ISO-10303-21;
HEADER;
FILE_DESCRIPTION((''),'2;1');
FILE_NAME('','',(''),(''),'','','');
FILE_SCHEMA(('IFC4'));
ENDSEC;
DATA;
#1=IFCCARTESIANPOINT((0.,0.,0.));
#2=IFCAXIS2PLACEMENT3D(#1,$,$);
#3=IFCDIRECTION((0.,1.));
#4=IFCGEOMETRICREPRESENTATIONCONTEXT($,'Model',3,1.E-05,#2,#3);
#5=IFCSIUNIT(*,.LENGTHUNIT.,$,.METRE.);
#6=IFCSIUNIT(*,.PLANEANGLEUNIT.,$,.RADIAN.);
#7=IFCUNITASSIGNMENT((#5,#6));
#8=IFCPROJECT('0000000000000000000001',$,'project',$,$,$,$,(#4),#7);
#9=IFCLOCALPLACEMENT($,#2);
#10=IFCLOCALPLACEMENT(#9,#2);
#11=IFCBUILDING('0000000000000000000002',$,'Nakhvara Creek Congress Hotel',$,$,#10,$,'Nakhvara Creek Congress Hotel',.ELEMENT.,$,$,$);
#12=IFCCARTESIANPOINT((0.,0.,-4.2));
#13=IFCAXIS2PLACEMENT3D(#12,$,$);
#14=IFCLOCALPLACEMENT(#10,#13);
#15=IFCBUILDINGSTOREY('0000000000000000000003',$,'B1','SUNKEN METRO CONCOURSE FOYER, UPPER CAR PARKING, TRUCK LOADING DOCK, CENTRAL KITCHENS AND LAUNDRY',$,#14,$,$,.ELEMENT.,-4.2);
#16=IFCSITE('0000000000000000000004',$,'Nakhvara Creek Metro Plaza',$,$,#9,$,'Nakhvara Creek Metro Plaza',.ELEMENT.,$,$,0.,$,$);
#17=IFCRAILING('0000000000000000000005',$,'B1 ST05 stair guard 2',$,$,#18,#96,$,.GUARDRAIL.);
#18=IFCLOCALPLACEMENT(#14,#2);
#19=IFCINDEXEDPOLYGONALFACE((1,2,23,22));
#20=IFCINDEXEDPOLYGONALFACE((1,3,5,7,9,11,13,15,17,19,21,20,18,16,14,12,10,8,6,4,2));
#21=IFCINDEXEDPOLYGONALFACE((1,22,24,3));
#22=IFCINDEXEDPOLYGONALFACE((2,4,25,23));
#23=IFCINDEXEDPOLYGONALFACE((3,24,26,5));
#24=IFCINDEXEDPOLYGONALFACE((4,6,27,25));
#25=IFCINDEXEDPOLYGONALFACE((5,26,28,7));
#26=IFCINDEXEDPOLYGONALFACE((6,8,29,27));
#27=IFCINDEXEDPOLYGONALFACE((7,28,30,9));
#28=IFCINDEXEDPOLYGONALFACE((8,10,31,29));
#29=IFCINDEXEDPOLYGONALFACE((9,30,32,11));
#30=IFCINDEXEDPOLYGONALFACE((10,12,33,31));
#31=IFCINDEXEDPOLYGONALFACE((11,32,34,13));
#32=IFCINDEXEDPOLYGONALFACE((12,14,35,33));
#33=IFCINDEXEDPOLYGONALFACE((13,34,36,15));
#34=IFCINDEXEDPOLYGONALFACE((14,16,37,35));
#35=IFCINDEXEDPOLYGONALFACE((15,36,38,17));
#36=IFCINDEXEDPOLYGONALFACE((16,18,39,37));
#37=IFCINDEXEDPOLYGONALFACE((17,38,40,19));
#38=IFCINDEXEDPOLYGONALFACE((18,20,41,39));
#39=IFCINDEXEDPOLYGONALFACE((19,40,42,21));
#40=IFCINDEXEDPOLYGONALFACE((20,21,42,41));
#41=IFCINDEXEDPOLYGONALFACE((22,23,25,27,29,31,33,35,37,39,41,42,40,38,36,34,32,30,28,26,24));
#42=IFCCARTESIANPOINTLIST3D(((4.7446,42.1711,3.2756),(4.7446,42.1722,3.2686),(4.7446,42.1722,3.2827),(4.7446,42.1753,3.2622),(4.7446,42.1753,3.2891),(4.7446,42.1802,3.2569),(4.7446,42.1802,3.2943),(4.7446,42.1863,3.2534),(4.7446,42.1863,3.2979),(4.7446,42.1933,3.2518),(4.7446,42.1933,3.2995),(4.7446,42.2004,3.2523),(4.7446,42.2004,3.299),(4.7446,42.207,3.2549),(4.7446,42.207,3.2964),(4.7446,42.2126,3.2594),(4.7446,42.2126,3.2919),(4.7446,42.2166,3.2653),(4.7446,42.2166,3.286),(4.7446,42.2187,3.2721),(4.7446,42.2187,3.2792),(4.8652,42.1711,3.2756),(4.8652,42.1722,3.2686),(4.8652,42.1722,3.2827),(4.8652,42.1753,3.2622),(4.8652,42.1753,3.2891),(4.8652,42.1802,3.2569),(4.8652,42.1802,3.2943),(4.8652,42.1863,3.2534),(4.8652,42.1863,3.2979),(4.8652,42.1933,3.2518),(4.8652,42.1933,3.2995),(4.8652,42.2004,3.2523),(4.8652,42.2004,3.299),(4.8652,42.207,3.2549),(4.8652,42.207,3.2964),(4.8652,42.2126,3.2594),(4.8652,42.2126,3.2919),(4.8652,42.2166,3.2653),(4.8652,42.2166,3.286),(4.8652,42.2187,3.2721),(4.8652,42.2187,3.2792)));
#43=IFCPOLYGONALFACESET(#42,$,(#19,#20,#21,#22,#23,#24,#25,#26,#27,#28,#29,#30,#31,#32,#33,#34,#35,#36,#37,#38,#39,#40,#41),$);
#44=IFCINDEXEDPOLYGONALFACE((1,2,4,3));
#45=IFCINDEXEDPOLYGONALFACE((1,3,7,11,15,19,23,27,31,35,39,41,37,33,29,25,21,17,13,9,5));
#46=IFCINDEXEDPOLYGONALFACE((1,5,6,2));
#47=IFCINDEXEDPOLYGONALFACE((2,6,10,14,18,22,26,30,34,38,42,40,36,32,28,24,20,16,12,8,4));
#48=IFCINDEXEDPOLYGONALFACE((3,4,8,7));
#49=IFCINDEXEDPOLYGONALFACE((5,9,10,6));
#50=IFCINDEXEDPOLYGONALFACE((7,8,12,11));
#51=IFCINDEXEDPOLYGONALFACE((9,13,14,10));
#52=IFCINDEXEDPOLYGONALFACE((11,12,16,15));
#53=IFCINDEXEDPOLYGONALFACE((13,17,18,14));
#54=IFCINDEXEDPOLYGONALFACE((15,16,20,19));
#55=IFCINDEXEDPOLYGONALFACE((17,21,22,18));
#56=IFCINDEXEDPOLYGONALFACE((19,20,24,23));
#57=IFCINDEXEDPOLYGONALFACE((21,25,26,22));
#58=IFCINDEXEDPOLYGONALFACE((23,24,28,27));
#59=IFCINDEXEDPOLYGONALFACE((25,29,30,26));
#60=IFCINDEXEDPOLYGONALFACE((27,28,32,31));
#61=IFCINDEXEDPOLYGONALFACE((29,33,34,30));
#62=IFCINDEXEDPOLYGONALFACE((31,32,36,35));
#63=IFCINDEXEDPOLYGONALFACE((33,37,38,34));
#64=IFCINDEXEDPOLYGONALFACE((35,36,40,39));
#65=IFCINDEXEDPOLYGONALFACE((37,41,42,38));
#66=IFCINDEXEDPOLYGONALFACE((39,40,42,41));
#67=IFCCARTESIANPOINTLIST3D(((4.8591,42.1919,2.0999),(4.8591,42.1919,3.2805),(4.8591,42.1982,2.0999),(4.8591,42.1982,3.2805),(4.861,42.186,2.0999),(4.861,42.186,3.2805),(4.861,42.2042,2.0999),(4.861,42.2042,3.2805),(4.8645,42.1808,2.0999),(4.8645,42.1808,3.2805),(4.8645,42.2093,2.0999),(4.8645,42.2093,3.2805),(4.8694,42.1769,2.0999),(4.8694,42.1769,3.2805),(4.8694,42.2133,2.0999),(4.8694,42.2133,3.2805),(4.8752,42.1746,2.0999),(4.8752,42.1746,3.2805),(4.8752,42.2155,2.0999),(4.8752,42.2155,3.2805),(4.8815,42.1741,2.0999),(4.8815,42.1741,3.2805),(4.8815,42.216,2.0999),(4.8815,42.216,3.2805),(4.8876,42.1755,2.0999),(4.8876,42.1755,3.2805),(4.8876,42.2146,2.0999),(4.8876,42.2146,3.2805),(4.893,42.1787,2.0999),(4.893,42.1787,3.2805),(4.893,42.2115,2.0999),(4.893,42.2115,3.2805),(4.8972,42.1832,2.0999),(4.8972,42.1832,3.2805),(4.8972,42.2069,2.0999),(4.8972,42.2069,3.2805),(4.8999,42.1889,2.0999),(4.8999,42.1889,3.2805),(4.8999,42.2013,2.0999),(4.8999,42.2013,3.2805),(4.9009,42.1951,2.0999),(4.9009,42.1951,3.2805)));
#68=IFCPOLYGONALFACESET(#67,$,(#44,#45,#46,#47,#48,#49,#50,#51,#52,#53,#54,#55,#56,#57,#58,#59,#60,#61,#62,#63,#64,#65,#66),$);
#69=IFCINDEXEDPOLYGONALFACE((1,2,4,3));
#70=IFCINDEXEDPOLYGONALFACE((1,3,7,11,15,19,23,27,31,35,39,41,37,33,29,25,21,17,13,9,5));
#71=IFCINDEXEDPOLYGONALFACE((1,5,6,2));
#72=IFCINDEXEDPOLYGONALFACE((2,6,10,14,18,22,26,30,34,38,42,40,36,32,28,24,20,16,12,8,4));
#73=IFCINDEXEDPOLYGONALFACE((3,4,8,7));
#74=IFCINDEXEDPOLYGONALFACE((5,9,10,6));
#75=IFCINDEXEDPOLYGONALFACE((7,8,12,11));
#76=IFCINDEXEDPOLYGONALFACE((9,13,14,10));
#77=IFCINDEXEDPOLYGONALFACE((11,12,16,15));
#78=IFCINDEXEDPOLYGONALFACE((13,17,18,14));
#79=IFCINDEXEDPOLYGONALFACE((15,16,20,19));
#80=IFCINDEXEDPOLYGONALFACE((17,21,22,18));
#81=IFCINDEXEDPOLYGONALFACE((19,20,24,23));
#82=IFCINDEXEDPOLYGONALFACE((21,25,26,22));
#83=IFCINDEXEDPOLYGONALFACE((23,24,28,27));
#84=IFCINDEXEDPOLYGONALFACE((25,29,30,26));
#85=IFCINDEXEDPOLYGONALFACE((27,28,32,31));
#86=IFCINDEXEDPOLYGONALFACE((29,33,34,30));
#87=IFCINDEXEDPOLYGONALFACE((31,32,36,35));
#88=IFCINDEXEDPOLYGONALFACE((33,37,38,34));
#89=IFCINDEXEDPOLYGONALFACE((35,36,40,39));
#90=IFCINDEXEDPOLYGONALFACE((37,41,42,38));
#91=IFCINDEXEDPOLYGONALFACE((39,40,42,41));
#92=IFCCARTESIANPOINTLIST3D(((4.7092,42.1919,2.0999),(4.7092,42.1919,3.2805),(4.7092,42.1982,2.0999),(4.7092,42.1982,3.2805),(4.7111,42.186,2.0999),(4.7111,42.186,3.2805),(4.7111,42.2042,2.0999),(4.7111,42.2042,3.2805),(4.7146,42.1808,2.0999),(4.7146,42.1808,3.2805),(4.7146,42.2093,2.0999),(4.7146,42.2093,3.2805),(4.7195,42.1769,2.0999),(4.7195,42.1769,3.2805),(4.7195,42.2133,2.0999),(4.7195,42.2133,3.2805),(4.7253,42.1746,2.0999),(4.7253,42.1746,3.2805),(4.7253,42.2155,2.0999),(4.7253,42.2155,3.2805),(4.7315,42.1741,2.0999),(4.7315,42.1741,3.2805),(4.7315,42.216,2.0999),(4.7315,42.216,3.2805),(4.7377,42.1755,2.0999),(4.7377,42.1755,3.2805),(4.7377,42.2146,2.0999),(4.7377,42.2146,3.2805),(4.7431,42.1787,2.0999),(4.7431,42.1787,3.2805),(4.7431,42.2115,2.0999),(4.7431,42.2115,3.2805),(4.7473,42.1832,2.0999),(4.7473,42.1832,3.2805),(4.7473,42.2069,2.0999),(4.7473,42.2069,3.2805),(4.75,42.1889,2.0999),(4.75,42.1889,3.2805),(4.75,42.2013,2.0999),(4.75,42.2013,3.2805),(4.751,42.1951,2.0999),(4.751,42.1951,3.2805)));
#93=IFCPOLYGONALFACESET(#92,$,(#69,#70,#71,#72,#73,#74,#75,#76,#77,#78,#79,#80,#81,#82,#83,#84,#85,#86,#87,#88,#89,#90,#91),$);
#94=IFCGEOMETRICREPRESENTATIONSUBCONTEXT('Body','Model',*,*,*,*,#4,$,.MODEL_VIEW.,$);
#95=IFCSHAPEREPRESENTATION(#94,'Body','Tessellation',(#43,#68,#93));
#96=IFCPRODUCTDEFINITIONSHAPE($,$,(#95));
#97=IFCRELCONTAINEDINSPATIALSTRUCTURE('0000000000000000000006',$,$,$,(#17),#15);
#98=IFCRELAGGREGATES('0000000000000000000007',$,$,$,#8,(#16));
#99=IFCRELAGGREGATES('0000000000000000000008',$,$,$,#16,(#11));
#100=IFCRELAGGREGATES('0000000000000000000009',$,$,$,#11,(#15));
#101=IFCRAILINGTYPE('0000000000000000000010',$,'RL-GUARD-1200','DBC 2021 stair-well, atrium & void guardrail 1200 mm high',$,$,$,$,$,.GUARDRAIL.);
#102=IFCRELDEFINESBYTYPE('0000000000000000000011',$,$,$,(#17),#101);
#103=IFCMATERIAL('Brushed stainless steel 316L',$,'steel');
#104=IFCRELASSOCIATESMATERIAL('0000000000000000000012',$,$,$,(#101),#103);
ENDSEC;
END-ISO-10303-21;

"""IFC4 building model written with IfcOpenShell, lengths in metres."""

from ifc_helpers import new_model, si_unit, direction, frame, origin, origin_2d, place, context, subcontext, project, spatial, circle, extrude, material, type_object, element, save


model = new_model("IFC4")

# Units and contexts
model_context = context("Model", 3, precision=1e-05, world=origin(), true_north=direction((0.0, 1.0)))
body_context = subcontext(model_context, "Body", "Model", "MODEL_VIEW")
ifc_project = project(units=[si_unit("LENGTHUNIT", "METRE"), si_unit("PLANEANGLEUNIT", "RADIAN")], contexts=[model_context])

# Site, building, storey
site_placement = place(None, origin())
site = spatial("IfcSite", under=ifc_project, at=site_placement, Name="Nakhvara Creek Metro Plaza", LongName="Nakhvara Creek Metro Plaza", CompositionType="ELEMENT", RefElevation=0.0)
building_placement = place(site_placement, origin())
building = spatial("IfcBuilding", under=site, at=building_placement, Name="Nakhvara Creek Congress Hotel", LongName="Nakhvara Creek Congress Hotel", CompositionType="ELEMENT")
storey_placement = place(building_placement, frame((0.0, 0.0, -4.2)))
storey = spatial("IfcBuildingStorey", under=building, at=storey_placement, Name="B1", Description="SUNKEN METRO CONCOURSE FOYER, UPPER CAR PARKING, TRUCK LOADING DOCK, CENTRAL KITCHENS AND LAUNDRY", CompositionType="ELEMENT", Elevation=-4.2)

# Railing
ifc_material_1 = material(Name="Brushed stainless steel 316L", Category="steel")
railing_type_1 = type_object("IfcRailingType", Name="RL-GUARD-1200", Description="DBC 2021 stair-well, atrium & void guardrail 1200 mm high", PredefinedType="GUARDRAIL", material=ifc_material_1)
railing_1_placement = place(storey_placement, frame((4.8799, 42.1951, 2.0999)))
element("IfcRailing", 1, at=railing_1_placement, inside=storey, type_object=railing_type_1, Name="B1 ST05 stair guard 2", PredefinedType="GUARDRAIL", context=body_context, shape_type="SweptSolid", body=[
    extrude(circle(Radius=0.0239, at=origin_2d()), frame((-0.0146, 0.0, 1.1758), z_axis=(-1.0, 0.0, 0.0), x_axis=(0.0, -1.0, 0.0)), (0.0, 0.0, 1.0), 0.1206),
    extrude(circle(Radius=0.021, at=origin_2d()), origin(), (0.0, 0.0, 1.0), 1.1807),
    extrude(circle(Radius=0.021, at=origin_2d()), frame((-0.1499, 0.0, 0.0)), (0.0, 0.0, 1.0), 1.1807),
])

save(model, "model.ifc")
